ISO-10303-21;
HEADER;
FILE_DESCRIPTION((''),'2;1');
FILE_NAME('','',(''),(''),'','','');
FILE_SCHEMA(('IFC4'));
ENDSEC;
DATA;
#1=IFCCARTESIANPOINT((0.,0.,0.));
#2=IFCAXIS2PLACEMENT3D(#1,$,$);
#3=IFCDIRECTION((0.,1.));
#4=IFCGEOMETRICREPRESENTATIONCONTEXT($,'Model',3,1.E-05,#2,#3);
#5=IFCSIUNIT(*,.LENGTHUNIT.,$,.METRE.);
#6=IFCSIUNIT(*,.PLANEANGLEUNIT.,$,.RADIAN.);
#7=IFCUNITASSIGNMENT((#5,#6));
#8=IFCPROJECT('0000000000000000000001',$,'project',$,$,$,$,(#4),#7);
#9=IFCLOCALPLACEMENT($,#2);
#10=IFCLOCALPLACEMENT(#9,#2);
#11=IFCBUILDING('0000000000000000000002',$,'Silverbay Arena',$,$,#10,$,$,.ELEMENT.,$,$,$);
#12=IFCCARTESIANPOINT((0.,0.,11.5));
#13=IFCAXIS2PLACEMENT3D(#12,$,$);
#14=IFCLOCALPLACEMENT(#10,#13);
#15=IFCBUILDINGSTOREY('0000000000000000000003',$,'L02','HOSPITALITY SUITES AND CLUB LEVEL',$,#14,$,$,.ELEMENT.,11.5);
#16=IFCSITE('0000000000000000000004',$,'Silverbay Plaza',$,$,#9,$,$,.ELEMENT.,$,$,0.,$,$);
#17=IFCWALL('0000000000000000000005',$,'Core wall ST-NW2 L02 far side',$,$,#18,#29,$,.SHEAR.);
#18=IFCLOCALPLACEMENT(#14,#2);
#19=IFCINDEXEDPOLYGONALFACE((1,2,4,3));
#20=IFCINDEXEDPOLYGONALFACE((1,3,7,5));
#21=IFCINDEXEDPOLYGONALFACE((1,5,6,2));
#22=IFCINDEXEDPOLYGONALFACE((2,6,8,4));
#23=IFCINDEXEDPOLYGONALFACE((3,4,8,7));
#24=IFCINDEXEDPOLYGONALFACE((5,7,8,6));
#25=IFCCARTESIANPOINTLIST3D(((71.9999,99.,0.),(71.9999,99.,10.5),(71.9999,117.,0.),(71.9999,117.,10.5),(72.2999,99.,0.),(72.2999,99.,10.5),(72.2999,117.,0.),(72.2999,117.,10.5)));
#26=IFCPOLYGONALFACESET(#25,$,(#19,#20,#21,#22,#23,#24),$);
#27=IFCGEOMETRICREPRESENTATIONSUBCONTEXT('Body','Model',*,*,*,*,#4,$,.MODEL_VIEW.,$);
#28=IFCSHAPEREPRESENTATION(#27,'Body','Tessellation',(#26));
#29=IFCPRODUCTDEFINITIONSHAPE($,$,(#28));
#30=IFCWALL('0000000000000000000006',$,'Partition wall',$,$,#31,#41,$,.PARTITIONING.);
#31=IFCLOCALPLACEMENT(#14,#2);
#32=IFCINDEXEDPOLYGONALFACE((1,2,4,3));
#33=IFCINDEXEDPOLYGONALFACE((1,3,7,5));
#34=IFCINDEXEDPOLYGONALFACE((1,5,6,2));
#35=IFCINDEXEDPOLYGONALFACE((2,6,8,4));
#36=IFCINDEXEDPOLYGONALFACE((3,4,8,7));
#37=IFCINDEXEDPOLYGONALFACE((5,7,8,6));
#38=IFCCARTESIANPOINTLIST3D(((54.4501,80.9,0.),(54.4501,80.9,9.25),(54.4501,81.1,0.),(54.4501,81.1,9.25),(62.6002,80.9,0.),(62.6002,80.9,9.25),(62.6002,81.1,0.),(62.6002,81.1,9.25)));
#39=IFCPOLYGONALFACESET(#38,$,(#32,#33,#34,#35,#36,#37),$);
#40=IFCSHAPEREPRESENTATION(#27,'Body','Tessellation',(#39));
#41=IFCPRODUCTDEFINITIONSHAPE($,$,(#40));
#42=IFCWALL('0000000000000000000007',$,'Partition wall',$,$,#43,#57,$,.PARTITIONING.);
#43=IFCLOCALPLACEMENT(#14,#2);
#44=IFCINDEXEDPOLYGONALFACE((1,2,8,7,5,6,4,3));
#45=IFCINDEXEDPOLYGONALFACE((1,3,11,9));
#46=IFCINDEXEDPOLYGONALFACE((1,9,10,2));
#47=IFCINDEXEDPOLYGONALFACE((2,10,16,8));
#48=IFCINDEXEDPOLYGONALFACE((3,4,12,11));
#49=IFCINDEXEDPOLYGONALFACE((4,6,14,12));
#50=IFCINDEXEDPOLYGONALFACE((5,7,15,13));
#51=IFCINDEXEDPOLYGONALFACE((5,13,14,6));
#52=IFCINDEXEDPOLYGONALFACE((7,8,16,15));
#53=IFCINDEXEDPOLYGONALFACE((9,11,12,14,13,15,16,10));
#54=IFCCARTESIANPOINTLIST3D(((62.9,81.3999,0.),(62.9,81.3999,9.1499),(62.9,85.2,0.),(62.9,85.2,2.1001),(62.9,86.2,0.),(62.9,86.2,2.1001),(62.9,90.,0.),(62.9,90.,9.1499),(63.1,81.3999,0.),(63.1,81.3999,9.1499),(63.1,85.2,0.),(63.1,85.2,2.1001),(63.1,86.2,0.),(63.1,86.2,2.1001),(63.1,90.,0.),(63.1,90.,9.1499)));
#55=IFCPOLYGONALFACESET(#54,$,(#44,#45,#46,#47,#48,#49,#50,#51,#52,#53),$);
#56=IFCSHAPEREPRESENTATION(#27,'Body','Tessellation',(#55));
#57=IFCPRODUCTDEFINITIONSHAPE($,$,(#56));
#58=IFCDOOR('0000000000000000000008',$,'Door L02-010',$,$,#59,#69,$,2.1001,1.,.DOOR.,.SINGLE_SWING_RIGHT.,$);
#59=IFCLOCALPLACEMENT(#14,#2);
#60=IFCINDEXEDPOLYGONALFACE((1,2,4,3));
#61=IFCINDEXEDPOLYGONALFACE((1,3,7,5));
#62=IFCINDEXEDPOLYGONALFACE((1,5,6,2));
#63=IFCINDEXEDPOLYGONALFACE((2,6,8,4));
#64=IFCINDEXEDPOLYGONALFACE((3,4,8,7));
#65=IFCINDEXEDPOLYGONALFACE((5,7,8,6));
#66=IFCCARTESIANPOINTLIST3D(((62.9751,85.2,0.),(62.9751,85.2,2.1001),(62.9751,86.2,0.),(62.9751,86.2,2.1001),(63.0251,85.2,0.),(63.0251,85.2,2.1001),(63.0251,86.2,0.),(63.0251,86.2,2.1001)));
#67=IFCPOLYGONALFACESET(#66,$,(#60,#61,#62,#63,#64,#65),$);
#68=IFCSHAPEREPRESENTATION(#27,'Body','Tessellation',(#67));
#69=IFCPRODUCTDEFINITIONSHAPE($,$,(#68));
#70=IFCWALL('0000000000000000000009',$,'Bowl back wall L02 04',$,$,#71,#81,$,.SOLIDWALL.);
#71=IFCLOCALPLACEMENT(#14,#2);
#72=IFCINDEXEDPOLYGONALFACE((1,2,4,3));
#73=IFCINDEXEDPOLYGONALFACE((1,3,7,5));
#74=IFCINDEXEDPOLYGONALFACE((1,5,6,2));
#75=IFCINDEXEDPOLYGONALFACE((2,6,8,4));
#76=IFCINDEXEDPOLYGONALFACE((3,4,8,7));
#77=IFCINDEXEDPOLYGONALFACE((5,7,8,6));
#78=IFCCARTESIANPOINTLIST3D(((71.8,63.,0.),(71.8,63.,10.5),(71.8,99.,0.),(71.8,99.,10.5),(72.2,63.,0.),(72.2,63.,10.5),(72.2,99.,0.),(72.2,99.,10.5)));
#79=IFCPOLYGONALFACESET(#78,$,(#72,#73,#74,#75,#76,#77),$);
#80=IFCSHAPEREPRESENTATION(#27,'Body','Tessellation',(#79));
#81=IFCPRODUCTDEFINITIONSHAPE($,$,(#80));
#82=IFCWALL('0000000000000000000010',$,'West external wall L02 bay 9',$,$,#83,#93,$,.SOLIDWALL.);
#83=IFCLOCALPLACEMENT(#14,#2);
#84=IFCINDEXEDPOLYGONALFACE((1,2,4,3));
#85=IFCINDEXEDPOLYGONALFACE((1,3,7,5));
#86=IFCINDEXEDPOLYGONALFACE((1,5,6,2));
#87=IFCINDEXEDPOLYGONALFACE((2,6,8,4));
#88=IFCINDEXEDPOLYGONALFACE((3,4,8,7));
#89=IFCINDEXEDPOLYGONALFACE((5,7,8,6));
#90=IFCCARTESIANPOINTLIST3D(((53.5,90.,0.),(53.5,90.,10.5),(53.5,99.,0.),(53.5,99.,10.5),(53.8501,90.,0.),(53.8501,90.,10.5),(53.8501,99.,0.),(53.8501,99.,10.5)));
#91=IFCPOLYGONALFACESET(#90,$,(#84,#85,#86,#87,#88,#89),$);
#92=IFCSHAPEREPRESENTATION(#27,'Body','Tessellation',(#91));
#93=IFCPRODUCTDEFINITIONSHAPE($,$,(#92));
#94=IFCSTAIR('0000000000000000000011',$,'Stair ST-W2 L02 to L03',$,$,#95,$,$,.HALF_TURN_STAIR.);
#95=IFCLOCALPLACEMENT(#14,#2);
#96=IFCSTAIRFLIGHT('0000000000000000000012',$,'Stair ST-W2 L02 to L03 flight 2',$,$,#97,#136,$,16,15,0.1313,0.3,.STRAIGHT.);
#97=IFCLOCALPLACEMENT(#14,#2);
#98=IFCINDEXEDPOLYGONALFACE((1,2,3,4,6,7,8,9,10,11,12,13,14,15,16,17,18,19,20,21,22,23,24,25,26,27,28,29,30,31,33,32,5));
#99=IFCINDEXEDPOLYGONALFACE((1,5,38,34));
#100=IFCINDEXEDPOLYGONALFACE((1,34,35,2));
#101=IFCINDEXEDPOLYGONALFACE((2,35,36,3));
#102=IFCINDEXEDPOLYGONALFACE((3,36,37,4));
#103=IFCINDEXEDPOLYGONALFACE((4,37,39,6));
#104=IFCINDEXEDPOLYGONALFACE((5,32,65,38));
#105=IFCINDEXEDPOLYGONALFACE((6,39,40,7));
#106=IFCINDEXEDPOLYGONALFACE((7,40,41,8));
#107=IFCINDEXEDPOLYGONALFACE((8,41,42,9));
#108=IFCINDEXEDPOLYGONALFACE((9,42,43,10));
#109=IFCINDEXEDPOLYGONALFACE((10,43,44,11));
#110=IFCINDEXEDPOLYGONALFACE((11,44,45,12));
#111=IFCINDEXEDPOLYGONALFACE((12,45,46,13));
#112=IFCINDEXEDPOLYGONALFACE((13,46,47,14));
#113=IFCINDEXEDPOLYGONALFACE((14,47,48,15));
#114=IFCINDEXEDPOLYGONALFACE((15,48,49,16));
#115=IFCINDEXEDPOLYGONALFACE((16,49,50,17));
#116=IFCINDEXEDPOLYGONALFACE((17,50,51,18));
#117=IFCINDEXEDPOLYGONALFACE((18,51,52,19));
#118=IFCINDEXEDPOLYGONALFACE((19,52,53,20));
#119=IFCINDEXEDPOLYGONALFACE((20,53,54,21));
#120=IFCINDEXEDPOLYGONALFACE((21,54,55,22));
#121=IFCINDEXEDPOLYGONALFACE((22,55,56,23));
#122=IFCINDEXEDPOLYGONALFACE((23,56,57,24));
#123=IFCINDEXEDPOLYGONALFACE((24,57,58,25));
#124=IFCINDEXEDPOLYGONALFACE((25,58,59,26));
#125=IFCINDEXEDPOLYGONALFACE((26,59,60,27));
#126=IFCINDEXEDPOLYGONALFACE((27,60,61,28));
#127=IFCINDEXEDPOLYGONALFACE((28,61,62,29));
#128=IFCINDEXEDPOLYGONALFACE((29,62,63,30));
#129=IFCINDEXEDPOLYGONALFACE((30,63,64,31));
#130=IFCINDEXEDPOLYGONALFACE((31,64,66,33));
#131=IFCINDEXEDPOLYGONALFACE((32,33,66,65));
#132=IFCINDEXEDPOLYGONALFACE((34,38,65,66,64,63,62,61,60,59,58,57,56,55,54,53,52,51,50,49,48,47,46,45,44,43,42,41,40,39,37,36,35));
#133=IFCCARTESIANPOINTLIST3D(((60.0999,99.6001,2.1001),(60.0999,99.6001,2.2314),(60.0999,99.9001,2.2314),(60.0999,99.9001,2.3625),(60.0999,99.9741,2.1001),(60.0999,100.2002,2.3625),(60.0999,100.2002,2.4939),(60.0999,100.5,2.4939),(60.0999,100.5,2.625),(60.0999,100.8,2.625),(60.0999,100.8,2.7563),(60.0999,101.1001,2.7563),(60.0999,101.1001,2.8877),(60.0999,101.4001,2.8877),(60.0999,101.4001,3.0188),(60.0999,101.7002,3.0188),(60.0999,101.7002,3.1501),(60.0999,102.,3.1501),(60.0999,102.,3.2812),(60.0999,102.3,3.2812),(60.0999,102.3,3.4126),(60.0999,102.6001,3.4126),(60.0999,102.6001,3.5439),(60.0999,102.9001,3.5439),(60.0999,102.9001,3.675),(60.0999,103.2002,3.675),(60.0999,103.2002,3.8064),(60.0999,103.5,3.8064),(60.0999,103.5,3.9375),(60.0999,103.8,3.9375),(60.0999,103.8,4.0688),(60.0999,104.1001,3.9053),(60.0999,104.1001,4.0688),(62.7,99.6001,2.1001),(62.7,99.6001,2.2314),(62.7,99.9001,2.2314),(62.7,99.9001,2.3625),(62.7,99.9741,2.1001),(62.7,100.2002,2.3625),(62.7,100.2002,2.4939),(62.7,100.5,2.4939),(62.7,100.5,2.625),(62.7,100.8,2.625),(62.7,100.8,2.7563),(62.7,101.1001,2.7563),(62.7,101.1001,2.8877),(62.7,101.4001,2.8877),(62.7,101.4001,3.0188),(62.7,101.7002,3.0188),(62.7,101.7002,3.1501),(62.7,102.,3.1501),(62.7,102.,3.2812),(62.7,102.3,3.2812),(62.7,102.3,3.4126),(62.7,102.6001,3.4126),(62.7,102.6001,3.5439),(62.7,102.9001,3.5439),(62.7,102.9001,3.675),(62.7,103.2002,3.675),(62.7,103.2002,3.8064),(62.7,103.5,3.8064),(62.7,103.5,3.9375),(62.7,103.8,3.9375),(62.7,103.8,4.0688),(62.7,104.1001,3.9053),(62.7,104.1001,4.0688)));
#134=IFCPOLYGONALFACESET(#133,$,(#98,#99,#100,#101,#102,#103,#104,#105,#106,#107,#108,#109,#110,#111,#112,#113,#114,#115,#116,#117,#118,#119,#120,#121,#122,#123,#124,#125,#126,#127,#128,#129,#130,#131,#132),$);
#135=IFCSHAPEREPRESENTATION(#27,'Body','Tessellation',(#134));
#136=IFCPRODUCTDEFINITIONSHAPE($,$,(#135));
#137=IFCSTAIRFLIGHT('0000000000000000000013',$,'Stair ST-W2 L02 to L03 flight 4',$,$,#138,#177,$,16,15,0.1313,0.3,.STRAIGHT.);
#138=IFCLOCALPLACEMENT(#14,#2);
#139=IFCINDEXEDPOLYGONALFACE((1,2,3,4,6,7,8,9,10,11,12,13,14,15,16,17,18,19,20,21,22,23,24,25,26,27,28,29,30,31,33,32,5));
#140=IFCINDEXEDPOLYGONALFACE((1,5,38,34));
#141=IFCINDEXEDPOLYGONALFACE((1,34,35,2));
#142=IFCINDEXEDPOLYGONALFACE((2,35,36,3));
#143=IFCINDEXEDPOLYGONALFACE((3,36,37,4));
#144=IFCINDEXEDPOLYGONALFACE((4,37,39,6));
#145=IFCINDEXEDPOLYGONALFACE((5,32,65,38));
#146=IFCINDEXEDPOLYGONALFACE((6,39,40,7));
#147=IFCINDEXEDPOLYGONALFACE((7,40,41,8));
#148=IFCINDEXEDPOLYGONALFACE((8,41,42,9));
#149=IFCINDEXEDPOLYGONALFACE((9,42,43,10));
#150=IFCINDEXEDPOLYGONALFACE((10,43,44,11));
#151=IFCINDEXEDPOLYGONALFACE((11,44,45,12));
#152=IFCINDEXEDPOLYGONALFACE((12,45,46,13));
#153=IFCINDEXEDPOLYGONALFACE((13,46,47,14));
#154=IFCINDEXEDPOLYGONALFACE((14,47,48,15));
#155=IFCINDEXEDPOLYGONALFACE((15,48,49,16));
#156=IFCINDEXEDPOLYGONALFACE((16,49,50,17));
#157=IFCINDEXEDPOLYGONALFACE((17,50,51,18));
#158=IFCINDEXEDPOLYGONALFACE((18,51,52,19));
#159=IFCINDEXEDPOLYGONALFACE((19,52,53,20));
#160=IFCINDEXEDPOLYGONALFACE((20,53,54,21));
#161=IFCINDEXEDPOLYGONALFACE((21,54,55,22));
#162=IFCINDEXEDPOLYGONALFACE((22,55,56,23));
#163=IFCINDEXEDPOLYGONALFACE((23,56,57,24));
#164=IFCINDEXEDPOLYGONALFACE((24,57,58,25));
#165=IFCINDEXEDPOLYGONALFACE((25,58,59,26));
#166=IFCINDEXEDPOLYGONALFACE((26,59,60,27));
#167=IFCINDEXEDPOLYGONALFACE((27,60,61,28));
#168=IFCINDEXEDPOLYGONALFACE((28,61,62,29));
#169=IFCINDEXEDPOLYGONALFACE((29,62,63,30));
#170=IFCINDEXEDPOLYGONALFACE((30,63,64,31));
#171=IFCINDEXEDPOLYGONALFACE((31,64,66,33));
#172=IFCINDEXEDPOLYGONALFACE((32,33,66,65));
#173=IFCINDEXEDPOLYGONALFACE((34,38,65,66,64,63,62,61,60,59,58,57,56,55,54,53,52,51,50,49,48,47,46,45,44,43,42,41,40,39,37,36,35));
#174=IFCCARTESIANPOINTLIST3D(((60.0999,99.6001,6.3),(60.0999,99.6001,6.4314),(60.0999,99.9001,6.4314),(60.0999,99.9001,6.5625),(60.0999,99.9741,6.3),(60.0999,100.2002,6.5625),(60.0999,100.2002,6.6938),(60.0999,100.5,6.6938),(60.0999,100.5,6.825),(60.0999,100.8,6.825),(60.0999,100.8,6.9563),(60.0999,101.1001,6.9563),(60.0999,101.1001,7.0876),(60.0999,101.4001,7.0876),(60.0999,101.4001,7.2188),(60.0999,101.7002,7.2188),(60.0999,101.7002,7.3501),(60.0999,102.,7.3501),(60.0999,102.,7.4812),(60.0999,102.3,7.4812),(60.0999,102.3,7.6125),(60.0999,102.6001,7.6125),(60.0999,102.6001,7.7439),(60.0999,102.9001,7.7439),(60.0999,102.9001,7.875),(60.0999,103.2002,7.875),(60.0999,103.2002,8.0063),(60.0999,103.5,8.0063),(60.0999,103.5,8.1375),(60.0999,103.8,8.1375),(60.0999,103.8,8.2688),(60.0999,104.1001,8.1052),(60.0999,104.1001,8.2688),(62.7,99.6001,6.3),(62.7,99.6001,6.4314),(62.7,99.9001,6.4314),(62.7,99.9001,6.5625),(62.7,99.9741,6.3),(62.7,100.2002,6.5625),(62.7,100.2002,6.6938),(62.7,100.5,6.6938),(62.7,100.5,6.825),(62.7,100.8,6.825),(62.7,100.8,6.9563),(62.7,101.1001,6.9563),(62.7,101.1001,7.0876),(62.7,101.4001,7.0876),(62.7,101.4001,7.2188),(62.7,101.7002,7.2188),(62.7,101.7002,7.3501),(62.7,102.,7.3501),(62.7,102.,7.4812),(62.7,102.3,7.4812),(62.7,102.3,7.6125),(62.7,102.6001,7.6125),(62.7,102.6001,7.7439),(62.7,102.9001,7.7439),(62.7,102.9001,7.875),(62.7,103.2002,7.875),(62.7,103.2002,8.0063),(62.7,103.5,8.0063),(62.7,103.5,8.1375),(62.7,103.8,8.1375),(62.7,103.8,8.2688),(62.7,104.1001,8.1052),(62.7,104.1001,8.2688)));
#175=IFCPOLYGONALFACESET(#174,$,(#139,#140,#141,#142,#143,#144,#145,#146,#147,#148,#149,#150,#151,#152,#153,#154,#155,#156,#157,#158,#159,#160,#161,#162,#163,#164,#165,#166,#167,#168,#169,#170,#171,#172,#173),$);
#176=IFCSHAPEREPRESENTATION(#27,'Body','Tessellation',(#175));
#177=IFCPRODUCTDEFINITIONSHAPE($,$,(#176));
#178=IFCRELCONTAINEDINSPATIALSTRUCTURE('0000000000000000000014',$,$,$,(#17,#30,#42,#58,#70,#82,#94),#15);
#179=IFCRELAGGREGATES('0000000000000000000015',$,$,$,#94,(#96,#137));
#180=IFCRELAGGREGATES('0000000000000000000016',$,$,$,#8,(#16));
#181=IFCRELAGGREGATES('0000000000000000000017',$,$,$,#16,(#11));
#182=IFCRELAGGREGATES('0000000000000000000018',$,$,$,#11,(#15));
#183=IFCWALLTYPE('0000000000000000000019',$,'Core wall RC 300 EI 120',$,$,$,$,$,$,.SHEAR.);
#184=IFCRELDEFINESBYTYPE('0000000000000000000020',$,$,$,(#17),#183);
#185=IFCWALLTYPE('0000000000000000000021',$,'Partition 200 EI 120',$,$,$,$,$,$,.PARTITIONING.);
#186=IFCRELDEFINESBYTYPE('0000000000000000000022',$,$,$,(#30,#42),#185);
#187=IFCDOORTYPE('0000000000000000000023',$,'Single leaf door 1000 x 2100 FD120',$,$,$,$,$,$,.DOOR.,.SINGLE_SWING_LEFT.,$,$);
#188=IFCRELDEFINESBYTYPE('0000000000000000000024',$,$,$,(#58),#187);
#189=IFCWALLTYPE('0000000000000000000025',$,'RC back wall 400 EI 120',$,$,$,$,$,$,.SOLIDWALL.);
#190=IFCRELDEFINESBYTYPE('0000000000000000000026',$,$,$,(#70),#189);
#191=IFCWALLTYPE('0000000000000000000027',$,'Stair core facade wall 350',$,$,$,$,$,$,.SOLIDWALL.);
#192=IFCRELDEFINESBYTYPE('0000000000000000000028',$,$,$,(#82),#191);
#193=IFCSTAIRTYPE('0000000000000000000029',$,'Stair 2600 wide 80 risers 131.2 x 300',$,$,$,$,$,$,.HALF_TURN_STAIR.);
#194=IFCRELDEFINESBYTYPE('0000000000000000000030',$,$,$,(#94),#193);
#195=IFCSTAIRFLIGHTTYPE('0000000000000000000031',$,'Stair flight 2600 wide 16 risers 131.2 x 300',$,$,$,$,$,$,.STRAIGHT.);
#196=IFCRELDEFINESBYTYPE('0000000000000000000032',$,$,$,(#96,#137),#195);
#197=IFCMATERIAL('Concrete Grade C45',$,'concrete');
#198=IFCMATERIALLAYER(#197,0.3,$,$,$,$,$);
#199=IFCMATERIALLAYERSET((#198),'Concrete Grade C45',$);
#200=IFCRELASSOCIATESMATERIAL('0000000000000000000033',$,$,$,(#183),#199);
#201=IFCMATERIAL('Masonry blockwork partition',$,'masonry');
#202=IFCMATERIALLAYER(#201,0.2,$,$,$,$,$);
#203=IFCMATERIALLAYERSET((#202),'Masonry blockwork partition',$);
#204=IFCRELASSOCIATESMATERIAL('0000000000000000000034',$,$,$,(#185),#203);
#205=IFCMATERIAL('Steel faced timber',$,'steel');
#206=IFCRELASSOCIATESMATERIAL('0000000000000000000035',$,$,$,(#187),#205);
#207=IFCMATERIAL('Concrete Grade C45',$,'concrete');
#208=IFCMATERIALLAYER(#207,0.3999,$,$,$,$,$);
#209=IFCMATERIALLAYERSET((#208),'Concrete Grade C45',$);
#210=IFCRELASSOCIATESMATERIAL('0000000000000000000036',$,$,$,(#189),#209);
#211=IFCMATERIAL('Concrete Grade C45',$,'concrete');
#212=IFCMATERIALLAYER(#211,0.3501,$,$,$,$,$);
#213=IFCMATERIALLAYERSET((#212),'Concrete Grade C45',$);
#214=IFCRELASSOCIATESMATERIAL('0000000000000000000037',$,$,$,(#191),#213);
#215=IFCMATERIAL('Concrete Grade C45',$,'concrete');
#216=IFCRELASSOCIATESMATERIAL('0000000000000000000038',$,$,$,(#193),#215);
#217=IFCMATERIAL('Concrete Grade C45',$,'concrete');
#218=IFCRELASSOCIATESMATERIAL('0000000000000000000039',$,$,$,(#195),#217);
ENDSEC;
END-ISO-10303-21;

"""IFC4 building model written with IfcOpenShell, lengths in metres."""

from ifc_helpers import new_model, si_unit, direction, frame, frame_2d, origin, place, context, subcontext, project, spatial, polyline, rectangle, outline, extrude, material, layer, layer_set, type_object, element, fill, aggregate, save


model = new_model("IFC4")

# Units and contexts
model_context = context("Model", 3, precision=1e-05, world=origin(), true_north=direction((0.0, 1.0)))
body_context = subcontext(model_context, "Body", "Model", "MODEL_VIEW")
ifc_project = project(units=[si_unit("LENGTHUNIT", "METRE"), si_unit("PLANEANGLEUNIT", "RADIAN")], contexts=[model_context])

# Site, building, storey
site_placement = place(None, origin())
site = spatial("IfcSite", under=ifc_project, at=site_placement, Name="Silverbay Plaza", CompositionType="ELEMENT", RefElevation=0.0)
building_placement = place(site_placement, origin())
building = spatial("IfcBuilding", under=site, at=building_placement, Name="Silverbay Arena", CompositionType="ELEMENT")
storey_placement = place(building_placement, frame((0.0, 0.0, 11.5)))
storey = spatial("IfcBuildingStorey", under=building, at=storey_placement, Name="L02", Description="HOSPITALITY SUITES AND CLUB LEVEL", CompositionType="ELEMENT", Elevation=11.5)

# Walls
ifc_material_1 = material(Name="Concrete Grade C45", Category="concrete")
ifc_layer_1 = layer(ifc_material_1, 0.3)
ifc_layer_set_1 = layer_set([ifc_layer_1], Name="Concrete Grade C45")
wall_type_1 = type_object("IfcWallType", Name="Core wall RC 300 EI 120", PredefinedType="SHEAR", material=ifc_layer_set_1)
wall_1_placement = place(storey_placement, frame((72.1499, 99.0, 0.0), z_axis=(0.0, 0.0, 1.0), x_axis=(0.0, 1.0, 0.0)))
element("IfcWall", 1, at=wall_1_placement, inside=storey, type_object=wall_type_1, Name="Core wall ST-NW2 L02 far side", PredefinedType="SHEAR", context=body_context, shape_type="SweptSolid", body=[
    extrude(rectangle(XDim=18.0, YDim=0.3, at=frame_2d((9.0, 0.0))), origin(), (0.0, 0.0, 1.0), 10.5),
])
ifc_material_2 = material(Name="Masonry blockwork partition", Category="masonry")
ifc_layer_2 = layer(ifc_material_2, 0.2)
ifc_layer_set_2 = layer_set([ifc_layer_2], Name="Masonry blockwork partition")
wall_type_2 = type_object("IfcWallType", Name="Partition 200 EI 120", PredefinedType="PARTITIONING", material=ifc_layer_set_2)
wall_2_placement = place(storey_placement, frame((54.45, 81.0, 0.0), z_axis=(0.0, 0.0, 1.0), x_axis=(1.0, 0.0, 0.0)))
element("IfcWall", 2, at=wall_2_placement, inside=storey, type_object=wall_type_2, Name="Partition wall", PredefinedType="PARTITIONING", context=body_context, shape_type="SweptSolid", body=[
    extrude(rectangle(XDim=8.1501, YDim=0.2, at=frame_2d((4.0752, 0.0))), origin(), (0.0, 0.0, 1.0), 9.25),
])

# Wall, opening, door
wall_3_placement = place(storey_placement, frame((63.0, 81.3999, 0.0), z_axis=(0.0, 0.0, 1.0), x_axis=(0.0, 1.0, 0.0)))
wall_3 = element("IfcWall", 3, at=wall_3_placement, inside=storey, type_object=wall_type_2, Name="Partition wall", PredefinedType="PARTITIONING", context=body_context, shape_type="SweptSolid", body=[
    extrude(rectangle(XDim=8.6001, YDim=0.2, at=frame_2d((4.3, 0.0))), origin(), (0.0, 0.0, 1.0), 9.1499),
])
opening_placement = place(wall_3_placement, frame((3.8, 0.0, 0.0)))
opening = element("IfcOpeningElement", 4, at=opening_placement, cuts=wall_3, PredefinedType="OPENING", context=body_context, shape_type="SweptSolid", body=[
    extrude(rectangle(XDim=1.0, YDim=2.1001, at=frame_2d((0.5, 1.05))), frame((0.0, 0.1099, 0.0), z_axis=(0.0, -1.0, 0.0), x_axis=(1.0, 0.0, 0.0)), (0.0, 0.0, 1.0), 0.22),
])
ifc_material_3 = material(Name="Steel faced timber", Category="steel")
door_type = type_object("IfcDoorType", Name="Single leaf door 1000 x 2100 FD120", OperationType="SINGLE_SWING_LEFT", PredefinedType="DOOR", material=ifc_material_3)
door_placement = place(opening_placement, origin())
door = element("IfcDoor", 5, at=door_placement, inside=storey, type_object=door_type, Name="Door L02-010", OperationType="SINGLE_SWING_RIGHT", OverallHeight=2.1001, OverallWidth=1.0, PredefinedType="DOOR", context=body_context, shape_type="SweptSolid", body=[
    extrude(rectangle(XDim=1.0, YDim=2.1001, at=frame_2d((0.5, 1.05))), frame((0.0, 0.0249, 0.0), z_axis=(0.0, -1.0, 0.0), x_axis=(1.0, 0.0, 0.0)), (0.0, 0.0, 1.0), 0.05),
])
fill(opening, door)

# Walls
ifc_material_4 = material(Name="Concrete Grade C45", Category="concrete")
ifc_layer_3 = layer(ifc_material_4, 0.3999)
ifc_layer_set_3 = layer_set([ifc_layer_3], Name="Concrete Grade C45")
wall_type_3 = type_object("IfcWallType", Name="RC back wall 400 EI 120", PredefinedType="SOLIDWALL", material=ifc_layer_set_3)
wall_4_placement = place(storey_placement, frame((72.0, 99.0, 0.0), z_axis=(0.0, 0.0, 1.0), x_axis=(0.0, -1.0, 0.0)))
element("IfcWall", 6, at=wall_4_placement, inside=storey, type_object=wall_type_3, Name="Bowl back wall L02 04", PredefinedType="SOLIDWALL", context=body_context, shape_type="SweptSolid", body=[
    extrude(rectangle(XDim=36.0, YDim=0.3999, at=frame_2d((18.0, 0.0))), origin(), (0.0, 0.0, 1.0), 10.5),
])
ifc_material_5 = material(Name="Concrete Grade C45", Category="concrete")
ifc_layer_4 = layer(ifc_material_5, 0.3501)
ifc_layer_set_4 = layer_set([ifc_layer_4], Name="Concrete Grade C45")
wall_type_4 = type_object("IfcWallType", Name="Stair core facade wall 350", PredefinedType="SOLIDWALL", material=ifc_layer_set_4)
wall_5_placement = place(storey_placement, frame((53.675, 99.0, 0.0), z_axis=(0.0, 0.0, 1.0), x_axis=(0.0, -1.0, 0.0)))
element("IfcWall", 7, at=wall_5_placement, inside=storey, type_object=wall_type_4, Name="West external wall L02 bay 9", PredefinedType="SOLIDWALL", context=body_context, shape_type="SweptSolid", body=[
    extrude(rectangle(XDim=9.0, YDim=0.3501, at=frame_2d((4.5, 0.0))), origin(), (0.0, 0.0, 1.0), 10.5),
])

# Stair, stair flights
ifc_material_6 = material(Name="Concrete Grade C45", Category="concrete")
stair_type = type_object("IfcStairType", Name="Stair 2600 wide 80 risers 131.2 x 300", PredefinedType="HALF_TURN_STAIR", material=ifc_material_6)
stair_placement = place(storey_placement, origin())
stair = element("IfcStair", 8, at=stair_placement, inside=storey, type_object=stair_type, Name="Stair ST-W2 L02 to L03", PredefinedType="HALF_TURN_STAIR")
ifc_material_7 = material(Name="Concrete Grade C45", Category="concrete")
stair_flight_type = type_object("IfcStairFlightType", Name="Stair flight 2600 wide 16 risers 131.2 x 300", PredefinedType="STRAIGHT", material=ifc_material_7)
stair_flight_1_placement = place(storey_placement, frame((61.3999, 99.6001, 2.1001), z_axis=(0.0, 0.0, 1.0), x_axis=(0.0, 1.0, 0.0)))
stair_flight_1 = element("IfcStairFlight", 9, at=stair_flight_1_placement, type_object=stair_flight_type, Name="Stair ST-W2 L02 to L03 flight 2", NumberOfRisers=16, NumberOfTreads=15, PredefinedType="STRAIGHT", RiserHeight=0.1313, TreadLength=0.3, context=body_context, shape_type="SweptSolid", body=[
    extrude(outline(polyline([(0.0, 0.0), (0.0, 0.1313), (0.3, 0.1313), (0.3, 0.2625), (0.6001, 0.2625), (0.6001, 0.3938), (0.8999, 0.3938), (0.8999, 0.5249), (1.2, 0.5249), (1.2, 0.6562), (1.5, 0.6562), (1.5, 0.7876), (1.8, 0.7876), (1.8, 0.9187), (2.1001, 0.9187), (2.1001, 1.05), (2.3999, 1.05), (2.3999, 1.1812), (2.7, 1.1812), (2.7, 1.3125), (3.0, 1.3125), (3.0, 1.4438), (3.3, 1.4438), (3.3, 1.575), (3.6001, 1.575), (3.6001, 1.7063), (3.8999, 1.7063), (3.8999, 1.8374), (4.2, 1.8374), (4.2, 1.9688), (4.5, 1.9688), (4.5, 1.8052), (0.374, 0.0), (0.0, 0.0)])), frame((0.0, 1.3, 0.0), z_axis=(0.0, -1.0, 0.0), x_axis=(1.0, 0.0, 0.0)), (0.0, 0.0, 1.0), 2.6001),
])
stair_flight_2_placement = place(storey_placement, frame((61.3999, 99.6001, 6.3), z_axis=(0.0, 0.0, 1.0), x_axis=(0.0, 1.0, 0.0)))
stair_flight_2 = element("IfcStairFlight", 10, at=stair_flight_2_placement, type_object=stair_flight_type, Name="Stair ST-W2 L02 to L03 flight 4", NumberOfRisers=16, NumberOfTreads=15, PredefinedType="STRAIGHT", RiserHeight=0.1313, TreadLength=0.3, context=body_context, shape_type="SweptSolid", body=[
    extrude(outline(polyline([(0.0, 0.0), (0.0, 0.1313), (0.3, 0.1313), (0.3, 0.2625), (0.6001, 0.2625), (0.6001, 0.3938), (0.8999, 0.3938), (0.8999, 0.5249), (1.2, 0.5249), (1.2, 0.6562), (1.5, 0.6562), (1.5, 0.7876), (1.8, 0.7876), (1.8, 0.9187), (2.1001, 0.9187), (2.1001, 1.05), (2.3999, 1.05), (2.3999, 1.1812), (2.7, 1.1812), (2.7, 1.3125), (3.0, 1.3125), (3.0, 1.4438), (3.3, 1.4438), (3.3, 1.575), (3.6001, 1.575), (3.6001, 1.7063), (3.8999, 1.7063), (3.8999, 1.8374), (4.2, 1.8374), (4.2, 1.9688), (4.5, 1.9688), (4.5, 1.8052), (0.374, 0.0), (0.0, 0.0)])), frame((0.0, 1.3, 0.0), z_axis=(0.0, -1.0, 0.0), x_axis=(1.0, 0.0, 0.0)), (0.0, 0.0, 1.0), 2.6001),
])
aggregate(stair, [stair_flight_1, stair_flight_2])

save(model, "model.ifc")
